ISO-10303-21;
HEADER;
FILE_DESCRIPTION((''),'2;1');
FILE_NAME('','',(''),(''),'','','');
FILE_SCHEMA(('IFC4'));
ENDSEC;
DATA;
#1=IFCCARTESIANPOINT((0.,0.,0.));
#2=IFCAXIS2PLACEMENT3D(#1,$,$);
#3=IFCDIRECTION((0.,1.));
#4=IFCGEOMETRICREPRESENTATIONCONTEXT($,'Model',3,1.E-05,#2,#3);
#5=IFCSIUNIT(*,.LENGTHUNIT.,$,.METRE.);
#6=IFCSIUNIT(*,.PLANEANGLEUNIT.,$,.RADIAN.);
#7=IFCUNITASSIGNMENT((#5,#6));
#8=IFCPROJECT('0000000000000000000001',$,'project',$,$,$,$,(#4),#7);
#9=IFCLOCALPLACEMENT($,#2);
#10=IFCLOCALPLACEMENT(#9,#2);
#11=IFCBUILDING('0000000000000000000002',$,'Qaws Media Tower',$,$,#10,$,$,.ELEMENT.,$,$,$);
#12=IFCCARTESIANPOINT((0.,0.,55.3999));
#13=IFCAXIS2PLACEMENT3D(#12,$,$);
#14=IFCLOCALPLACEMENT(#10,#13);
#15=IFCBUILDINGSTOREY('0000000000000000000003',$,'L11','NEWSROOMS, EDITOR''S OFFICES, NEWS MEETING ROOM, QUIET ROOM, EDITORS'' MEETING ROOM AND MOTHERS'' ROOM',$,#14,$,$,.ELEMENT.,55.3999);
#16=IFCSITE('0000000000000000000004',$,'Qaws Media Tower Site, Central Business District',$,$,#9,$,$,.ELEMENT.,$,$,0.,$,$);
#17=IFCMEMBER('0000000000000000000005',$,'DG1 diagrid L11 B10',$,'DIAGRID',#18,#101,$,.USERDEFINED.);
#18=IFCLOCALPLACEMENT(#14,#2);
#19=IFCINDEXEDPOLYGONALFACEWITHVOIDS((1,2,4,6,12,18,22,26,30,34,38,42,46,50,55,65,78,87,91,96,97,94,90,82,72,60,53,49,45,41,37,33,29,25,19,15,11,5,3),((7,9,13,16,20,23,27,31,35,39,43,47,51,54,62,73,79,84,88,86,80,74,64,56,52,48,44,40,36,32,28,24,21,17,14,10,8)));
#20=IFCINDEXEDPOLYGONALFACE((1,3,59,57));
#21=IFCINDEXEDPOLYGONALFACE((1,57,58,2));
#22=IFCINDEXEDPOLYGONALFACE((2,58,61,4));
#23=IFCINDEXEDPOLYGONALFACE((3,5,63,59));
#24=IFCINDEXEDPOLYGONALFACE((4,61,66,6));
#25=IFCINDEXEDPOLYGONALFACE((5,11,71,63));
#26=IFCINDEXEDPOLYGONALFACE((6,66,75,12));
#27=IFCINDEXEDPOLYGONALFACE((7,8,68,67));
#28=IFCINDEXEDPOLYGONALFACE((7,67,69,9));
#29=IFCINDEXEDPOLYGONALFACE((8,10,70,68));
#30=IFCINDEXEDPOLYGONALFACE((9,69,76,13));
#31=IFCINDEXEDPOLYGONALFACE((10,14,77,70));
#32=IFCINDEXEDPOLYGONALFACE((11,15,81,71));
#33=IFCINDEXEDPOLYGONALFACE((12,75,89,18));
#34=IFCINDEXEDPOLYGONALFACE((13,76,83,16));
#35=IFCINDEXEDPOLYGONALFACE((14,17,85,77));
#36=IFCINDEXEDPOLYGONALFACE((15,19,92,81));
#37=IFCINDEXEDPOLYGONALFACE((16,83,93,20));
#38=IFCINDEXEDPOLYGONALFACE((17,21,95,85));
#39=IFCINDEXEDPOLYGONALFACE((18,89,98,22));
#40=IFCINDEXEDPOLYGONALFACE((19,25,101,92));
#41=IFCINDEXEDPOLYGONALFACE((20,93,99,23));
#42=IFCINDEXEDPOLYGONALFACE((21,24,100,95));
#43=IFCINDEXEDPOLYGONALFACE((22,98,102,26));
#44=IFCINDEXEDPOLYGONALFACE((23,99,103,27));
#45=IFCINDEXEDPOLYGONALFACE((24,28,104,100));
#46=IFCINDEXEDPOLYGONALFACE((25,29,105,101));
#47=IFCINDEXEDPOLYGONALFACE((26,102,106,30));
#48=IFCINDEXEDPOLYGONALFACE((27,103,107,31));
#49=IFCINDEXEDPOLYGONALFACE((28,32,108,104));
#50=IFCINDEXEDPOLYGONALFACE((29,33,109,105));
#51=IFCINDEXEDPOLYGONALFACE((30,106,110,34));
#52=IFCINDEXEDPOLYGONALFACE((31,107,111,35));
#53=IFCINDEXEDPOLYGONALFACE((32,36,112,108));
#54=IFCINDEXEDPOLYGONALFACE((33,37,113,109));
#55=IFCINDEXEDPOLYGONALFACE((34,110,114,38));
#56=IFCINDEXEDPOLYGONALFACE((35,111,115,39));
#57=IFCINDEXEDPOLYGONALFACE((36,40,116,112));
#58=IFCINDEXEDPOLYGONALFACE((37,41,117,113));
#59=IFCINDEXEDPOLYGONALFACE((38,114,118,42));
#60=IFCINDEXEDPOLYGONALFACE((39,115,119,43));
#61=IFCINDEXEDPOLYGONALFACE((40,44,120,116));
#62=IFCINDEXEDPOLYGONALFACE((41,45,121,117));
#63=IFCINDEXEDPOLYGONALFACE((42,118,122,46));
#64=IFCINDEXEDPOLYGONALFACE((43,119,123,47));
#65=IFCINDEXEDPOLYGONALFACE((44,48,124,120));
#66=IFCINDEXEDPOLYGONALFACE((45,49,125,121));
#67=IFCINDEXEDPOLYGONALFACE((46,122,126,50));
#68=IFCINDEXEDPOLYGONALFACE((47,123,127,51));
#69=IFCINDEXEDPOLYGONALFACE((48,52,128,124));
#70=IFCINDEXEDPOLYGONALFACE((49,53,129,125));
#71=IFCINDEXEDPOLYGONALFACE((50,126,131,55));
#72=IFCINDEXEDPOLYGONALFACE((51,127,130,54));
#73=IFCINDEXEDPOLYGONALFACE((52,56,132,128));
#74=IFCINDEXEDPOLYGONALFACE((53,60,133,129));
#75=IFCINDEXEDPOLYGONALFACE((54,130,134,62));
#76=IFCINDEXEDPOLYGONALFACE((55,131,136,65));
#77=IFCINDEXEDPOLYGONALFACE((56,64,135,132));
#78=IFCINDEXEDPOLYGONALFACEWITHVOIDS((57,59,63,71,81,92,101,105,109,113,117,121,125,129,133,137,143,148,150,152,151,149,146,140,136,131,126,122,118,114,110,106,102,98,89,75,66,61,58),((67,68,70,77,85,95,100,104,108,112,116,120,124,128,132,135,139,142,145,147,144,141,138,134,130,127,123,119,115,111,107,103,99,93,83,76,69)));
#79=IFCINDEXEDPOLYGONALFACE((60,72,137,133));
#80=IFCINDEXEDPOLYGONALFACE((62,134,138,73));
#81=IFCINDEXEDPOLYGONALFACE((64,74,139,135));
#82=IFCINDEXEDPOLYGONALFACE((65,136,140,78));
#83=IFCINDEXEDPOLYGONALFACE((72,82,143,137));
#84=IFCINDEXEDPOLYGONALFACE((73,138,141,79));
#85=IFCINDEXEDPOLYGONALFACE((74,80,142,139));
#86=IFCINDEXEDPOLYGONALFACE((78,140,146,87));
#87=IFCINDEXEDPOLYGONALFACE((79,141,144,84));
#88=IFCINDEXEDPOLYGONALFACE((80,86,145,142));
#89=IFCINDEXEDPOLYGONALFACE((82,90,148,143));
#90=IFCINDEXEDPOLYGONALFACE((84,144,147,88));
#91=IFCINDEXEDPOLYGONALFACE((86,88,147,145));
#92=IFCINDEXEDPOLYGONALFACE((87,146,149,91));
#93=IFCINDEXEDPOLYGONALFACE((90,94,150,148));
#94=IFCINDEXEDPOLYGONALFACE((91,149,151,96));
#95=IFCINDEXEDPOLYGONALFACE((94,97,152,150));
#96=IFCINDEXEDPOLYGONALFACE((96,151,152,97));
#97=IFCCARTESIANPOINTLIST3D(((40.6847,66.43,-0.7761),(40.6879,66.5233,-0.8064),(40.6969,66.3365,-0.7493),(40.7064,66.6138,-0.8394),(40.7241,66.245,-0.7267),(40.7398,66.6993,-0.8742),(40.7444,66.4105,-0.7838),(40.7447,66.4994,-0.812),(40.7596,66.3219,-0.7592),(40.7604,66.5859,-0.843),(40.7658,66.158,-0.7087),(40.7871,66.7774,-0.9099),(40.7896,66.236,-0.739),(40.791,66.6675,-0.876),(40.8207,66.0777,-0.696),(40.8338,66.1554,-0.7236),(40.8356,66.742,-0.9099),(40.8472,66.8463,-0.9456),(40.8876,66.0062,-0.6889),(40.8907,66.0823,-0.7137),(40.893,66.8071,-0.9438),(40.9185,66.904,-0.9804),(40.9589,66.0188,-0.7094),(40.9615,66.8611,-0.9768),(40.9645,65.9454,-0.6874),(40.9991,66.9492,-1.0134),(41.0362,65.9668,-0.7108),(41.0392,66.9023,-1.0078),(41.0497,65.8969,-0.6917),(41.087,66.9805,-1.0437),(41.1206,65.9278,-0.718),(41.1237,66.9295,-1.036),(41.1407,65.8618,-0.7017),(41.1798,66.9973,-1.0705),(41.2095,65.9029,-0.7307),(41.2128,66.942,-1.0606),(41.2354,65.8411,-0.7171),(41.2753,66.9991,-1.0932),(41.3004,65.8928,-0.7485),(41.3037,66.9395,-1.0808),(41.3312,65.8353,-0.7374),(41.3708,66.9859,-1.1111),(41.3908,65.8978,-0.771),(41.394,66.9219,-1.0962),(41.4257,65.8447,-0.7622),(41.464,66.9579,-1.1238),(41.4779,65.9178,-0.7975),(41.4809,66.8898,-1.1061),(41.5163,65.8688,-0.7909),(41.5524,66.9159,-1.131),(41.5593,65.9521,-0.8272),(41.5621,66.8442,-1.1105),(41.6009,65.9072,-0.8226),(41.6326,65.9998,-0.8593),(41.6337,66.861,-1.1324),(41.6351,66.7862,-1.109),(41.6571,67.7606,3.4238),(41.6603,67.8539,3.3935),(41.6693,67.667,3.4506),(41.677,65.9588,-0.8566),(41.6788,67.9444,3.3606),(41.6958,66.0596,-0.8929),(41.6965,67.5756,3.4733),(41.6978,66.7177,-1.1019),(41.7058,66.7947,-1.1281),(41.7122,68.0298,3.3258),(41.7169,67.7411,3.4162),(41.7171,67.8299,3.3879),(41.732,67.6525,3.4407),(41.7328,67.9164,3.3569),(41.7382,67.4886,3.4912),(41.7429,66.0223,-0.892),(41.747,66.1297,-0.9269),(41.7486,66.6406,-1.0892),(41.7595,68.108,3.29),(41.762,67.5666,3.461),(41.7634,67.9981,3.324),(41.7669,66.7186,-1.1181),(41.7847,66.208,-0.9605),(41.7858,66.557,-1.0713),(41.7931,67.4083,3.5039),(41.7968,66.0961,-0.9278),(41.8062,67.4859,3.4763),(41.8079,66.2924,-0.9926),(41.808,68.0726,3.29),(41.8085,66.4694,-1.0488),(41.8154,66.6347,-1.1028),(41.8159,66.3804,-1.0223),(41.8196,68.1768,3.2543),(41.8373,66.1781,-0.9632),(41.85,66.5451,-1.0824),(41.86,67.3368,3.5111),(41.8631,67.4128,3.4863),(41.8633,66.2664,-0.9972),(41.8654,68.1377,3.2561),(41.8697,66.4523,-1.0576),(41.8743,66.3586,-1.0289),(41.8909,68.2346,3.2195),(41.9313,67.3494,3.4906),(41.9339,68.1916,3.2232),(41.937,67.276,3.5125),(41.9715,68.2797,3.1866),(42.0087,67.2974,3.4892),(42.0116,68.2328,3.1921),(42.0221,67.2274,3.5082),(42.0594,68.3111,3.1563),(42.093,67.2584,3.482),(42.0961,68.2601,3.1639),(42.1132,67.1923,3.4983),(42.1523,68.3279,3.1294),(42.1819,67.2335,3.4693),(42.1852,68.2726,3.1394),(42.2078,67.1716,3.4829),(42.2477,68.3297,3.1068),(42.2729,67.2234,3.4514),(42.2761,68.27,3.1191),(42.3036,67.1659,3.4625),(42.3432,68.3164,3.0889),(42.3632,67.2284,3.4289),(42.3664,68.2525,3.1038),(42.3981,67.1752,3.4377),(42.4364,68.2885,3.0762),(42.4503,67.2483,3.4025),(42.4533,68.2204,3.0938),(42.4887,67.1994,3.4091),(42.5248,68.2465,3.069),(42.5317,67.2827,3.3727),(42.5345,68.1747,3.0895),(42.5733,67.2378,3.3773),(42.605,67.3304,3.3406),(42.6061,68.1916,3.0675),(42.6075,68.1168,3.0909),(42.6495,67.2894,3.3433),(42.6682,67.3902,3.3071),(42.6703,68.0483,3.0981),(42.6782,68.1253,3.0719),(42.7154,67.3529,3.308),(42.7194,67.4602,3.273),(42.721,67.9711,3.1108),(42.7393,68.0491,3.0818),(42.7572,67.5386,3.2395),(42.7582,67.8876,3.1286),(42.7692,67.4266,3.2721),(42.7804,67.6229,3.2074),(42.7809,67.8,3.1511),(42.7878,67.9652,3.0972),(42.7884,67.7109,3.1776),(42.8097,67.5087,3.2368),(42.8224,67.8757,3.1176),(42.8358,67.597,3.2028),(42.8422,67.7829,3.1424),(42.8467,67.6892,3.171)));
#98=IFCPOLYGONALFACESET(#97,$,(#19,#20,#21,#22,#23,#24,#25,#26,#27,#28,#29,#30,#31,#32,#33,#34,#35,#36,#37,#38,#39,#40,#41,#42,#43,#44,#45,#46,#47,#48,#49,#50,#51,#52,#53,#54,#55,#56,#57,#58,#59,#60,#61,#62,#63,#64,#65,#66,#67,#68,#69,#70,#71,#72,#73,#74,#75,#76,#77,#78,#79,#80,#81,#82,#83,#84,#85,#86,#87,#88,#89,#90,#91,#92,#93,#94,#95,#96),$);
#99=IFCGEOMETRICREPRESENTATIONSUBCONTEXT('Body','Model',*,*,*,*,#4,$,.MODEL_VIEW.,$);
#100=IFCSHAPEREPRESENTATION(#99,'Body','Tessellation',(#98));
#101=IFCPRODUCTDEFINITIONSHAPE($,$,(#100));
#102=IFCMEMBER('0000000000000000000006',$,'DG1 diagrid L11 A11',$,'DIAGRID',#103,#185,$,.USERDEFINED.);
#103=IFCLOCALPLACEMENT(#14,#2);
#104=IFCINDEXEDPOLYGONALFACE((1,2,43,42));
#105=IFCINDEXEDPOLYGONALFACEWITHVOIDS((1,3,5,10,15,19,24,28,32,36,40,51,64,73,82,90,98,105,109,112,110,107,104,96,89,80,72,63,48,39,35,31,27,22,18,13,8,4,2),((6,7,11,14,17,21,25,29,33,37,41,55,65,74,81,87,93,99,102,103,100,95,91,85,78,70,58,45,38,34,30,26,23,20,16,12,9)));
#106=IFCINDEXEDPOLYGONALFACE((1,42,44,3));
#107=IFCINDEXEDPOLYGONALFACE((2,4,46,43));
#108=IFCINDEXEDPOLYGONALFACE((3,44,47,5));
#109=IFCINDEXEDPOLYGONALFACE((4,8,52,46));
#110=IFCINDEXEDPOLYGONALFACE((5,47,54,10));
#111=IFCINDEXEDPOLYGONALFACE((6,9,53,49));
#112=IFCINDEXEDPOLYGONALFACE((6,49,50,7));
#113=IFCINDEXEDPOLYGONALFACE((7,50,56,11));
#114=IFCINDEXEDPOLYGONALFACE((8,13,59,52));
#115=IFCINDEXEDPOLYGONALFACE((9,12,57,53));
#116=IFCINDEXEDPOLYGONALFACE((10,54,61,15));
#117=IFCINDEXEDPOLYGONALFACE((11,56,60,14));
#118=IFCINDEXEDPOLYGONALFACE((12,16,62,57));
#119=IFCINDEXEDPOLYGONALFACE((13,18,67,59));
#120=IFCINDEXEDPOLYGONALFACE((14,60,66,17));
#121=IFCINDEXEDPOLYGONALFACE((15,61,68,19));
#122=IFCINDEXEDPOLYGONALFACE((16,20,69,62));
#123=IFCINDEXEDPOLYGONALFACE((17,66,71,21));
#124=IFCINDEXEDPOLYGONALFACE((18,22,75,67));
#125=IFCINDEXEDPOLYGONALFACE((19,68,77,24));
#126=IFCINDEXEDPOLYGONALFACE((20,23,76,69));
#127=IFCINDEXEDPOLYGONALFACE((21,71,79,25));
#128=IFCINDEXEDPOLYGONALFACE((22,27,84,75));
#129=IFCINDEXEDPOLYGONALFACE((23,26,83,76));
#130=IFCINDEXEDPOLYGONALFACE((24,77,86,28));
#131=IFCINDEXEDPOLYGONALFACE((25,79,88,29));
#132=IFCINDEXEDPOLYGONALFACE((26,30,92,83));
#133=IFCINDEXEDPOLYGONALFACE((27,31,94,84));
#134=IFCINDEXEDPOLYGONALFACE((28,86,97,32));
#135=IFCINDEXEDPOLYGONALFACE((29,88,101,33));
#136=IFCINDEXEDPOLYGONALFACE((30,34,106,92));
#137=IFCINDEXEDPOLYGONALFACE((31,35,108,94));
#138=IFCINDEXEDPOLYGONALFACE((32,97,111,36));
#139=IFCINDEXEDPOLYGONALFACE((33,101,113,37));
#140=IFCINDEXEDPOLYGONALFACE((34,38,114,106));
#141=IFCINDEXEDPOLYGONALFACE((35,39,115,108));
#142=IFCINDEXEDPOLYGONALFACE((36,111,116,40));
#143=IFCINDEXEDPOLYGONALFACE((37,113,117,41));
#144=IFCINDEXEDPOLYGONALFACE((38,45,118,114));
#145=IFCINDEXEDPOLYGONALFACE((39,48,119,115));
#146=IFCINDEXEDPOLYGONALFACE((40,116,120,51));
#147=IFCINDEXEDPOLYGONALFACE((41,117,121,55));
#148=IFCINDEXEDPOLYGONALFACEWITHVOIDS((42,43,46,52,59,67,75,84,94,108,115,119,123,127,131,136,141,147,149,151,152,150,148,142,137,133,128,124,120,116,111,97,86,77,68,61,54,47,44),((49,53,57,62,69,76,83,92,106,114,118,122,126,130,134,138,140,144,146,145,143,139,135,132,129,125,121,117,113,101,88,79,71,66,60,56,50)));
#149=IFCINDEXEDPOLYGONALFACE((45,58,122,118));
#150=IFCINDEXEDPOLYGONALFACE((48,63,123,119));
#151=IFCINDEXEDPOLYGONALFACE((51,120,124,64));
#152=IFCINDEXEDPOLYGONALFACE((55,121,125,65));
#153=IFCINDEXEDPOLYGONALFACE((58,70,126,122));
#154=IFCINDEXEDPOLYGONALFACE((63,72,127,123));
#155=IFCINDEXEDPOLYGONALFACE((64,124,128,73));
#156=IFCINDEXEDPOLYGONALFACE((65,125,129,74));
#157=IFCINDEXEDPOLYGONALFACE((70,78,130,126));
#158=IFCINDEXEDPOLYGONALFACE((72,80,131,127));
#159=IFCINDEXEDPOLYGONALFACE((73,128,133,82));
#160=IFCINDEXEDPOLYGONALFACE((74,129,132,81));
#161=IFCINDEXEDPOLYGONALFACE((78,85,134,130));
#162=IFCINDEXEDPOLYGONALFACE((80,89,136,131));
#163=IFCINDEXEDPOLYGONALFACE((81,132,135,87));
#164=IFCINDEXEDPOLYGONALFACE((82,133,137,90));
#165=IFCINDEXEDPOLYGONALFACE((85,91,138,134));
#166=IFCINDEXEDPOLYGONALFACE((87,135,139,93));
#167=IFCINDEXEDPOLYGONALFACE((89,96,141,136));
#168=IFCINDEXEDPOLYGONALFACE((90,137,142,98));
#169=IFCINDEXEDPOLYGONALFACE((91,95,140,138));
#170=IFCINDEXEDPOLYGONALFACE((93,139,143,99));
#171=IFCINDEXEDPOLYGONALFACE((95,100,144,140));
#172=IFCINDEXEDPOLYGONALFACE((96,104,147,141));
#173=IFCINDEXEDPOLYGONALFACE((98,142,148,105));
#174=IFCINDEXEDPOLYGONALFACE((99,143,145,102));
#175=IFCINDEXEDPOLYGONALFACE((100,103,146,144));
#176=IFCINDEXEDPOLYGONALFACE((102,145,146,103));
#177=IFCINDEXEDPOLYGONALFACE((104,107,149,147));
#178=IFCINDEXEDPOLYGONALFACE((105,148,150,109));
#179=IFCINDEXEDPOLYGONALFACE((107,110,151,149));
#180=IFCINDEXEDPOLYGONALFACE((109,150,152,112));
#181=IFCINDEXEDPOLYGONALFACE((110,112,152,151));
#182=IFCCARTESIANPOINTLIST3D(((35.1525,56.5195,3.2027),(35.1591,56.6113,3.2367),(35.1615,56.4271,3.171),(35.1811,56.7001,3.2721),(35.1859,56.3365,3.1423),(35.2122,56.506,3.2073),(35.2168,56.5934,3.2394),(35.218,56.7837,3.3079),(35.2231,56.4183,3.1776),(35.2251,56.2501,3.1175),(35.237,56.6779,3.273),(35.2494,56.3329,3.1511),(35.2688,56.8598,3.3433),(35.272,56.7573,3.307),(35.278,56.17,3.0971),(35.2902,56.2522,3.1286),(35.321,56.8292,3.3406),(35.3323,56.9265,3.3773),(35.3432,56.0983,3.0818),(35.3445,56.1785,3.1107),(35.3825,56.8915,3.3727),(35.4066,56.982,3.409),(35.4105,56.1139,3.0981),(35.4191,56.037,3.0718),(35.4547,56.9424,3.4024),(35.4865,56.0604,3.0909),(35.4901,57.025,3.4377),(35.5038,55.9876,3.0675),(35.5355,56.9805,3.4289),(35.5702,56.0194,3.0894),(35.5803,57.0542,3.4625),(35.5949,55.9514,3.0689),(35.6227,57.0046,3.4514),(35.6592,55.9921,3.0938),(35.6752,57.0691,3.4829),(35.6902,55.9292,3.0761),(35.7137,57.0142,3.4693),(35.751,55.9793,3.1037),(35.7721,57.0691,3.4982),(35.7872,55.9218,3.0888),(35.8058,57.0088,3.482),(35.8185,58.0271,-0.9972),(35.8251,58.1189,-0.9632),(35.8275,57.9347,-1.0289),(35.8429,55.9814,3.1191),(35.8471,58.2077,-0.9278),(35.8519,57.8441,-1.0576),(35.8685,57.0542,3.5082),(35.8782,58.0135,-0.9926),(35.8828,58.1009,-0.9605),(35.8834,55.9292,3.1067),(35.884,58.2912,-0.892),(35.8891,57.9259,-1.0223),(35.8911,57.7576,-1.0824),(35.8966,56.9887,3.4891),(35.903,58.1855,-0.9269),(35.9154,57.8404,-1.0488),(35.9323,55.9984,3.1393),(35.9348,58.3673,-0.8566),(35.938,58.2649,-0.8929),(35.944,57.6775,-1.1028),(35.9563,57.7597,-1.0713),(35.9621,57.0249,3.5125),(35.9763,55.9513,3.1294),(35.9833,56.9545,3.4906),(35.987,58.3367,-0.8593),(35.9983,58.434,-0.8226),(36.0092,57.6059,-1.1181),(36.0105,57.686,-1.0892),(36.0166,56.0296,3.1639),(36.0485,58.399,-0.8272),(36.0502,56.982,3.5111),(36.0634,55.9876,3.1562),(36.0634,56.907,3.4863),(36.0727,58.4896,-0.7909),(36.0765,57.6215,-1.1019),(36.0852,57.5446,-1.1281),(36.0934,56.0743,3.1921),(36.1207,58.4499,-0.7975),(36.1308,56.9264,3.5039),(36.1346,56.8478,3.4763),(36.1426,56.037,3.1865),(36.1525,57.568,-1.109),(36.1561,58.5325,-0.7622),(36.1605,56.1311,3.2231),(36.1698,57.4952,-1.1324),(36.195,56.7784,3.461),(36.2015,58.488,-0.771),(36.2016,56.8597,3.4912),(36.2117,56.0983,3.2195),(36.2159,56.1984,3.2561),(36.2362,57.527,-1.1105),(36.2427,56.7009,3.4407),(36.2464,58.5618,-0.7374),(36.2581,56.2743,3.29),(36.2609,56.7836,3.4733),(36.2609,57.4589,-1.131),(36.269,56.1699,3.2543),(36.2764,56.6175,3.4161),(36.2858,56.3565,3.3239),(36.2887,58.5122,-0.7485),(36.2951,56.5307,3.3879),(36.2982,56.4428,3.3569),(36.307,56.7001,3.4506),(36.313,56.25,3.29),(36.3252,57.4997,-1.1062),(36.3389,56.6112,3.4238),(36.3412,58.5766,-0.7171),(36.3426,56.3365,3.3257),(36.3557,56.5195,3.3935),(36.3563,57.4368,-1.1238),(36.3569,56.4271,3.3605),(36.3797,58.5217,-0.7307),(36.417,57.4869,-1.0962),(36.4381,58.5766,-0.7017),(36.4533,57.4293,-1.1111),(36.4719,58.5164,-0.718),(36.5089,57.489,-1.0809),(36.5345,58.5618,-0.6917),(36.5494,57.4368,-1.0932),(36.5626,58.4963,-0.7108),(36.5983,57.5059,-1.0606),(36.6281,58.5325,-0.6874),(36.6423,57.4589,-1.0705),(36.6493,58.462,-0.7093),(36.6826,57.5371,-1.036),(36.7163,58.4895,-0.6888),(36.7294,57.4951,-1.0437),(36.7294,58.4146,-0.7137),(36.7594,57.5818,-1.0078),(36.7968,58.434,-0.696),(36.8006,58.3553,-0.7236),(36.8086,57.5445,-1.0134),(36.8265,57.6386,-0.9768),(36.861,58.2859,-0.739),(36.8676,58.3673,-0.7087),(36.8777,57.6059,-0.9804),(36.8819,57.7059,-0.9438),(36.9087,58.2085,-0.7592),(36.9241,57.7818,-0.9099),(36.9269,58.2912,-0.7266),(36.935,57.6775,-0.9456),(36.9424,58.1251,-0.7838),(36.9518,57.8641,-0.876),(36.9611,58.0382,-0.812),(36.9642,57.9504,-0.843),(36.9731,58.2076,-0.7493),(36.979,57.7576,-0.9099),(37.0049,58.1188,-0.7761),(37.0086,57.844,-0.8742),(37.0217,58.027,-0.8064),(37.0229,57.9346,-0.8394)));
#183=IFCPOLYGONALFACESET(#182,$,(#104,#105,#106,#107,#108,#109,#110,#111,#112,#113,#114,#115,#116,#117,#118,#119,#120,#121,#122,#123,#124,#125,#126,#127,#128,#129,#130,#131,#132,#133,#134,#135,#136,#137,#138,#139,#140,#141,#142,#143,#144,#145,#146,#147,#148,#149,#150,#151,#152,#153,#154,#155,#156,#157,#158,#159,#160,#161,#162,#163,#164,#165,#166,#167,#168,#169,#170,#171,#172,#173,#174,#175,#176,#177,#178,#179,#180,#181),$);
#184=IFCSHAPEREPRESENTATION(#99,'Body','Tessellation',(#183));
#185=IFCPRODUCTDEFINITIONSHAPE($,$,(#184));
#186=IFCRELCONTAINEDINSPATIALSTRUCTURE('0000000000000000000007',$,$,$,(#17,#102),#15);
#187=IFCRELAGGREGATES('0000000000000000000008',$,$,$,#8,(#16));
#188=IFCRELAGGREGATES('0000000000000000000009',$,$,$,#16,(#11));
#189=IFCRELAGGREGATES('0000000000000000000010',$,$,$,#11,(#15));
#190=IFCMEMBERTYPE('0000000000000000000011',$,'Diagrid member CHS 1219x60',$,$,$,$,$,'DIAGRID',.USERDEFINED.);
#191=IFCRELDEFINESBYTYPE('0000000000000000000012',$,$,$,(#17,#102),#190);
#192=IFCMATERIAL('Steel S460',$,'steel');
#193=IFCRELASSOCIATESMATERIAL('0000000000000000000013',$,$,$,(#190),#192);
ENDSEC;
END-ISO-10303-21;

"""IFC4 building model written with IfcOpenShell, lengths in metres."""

from ifc_helpers import new_model, si_unit, direction, frame, origin, origin_2d, place, context, subcontext, project, spatial, hollow_circle, extrude, material, material_profile, profile_set, type_object, element, save


model = new_model("IFC4")

# Units and contexts
model_context = context("Model", 3, precision=1e-05, world=origin(), true_north=direction((0.0, 1.0)))
body_context = subcontext(model_context, "Body", "Model", "MODEL_VIEW")
ifc_project = project(units=[si_unit("LENGTHUNIT", "METRE"), si_unit("PLANEANGLEUNIT", "RADIAN")], contexts=[model_context])

# Site, building, storey
site_placement = place(None, origin())
site = spatial("IfcSite", under=ifc_project, at=site_placement, Name="Qaws Media Tower Site, Central Business District", CompositionType="ELEMENT", RefElevation=0.0)
building_placement = place(site_placement, origin())
building = spatial("IfcBuilding", under=site, at=building_placement, Name="Qaws Media Tower", CompositionType="ELEMENT")
storey_placement = place(building_placement, frame((0.0, 0.0, 55.3999)))
storey = spatial("IfcBuildingStorey", under=building, at=storey_placement, Name="L11", Description="NEWSROOMS, EDITOR'S OFFICES, NEWS MEETING ROOM, QUIET ROOM, EDITORS' MEETING ROOM AND MOTHERS' ROOM", CompositionType="ELEMENT", Elevation=55.3999)

# Members
ifc_material_1 = material(Name="Steel S460", Category="steel")
ifc_material_profile_1 = material_profile(ifc_material_1, hollow_circle(Radius=0.6096, WallThickness=0.0601, at=origin_2d()), Name="CHS 1219x60")
ifc_profile_set_1 = profile_set([ifc_material_profile_1], Name="Steel S460")
member_type_1 = type_object("IfcMemberType", Name="Diagrid member CHS 1219x60", ElementType="DIAGRID", PredefinedType="USERDEFINED", material=ifc_profile_set_1)
for number, where, z_axis, x_axis, name in (
    (1, (41.2793, 66.4177, -0.9099), (0.21553, 0.294914, 0.930899), (-0.807369, 0.590046, 0.0), "DG1 diagrid L11 B10"),
    (2, (36.4214, 58.0039, -0.9099), (-0.147618, -0.334142, 0.930891), (0.914713, -0.404103, 0.0), "DG1 diagrid L11 A11"),
):
    element("IfcMember", number, at=place(storey_placement, frame(where, z_axis=z_axis, x_axis=x_axis)), inside=storey, type_object=member_type_1, Name=name, ObjectType="DIAGRID", PredefinedType="USERDEFINED", context=body_context, shape_type="SweptSolid", body=[
        extrude(hollow_circle(Radius=0.6096, WallThickness=0.0601, at=origin_2d()), origin(), (0.0, 0.0, 1.0), 4.5117),
    ])

save(model, "model.ifc")
